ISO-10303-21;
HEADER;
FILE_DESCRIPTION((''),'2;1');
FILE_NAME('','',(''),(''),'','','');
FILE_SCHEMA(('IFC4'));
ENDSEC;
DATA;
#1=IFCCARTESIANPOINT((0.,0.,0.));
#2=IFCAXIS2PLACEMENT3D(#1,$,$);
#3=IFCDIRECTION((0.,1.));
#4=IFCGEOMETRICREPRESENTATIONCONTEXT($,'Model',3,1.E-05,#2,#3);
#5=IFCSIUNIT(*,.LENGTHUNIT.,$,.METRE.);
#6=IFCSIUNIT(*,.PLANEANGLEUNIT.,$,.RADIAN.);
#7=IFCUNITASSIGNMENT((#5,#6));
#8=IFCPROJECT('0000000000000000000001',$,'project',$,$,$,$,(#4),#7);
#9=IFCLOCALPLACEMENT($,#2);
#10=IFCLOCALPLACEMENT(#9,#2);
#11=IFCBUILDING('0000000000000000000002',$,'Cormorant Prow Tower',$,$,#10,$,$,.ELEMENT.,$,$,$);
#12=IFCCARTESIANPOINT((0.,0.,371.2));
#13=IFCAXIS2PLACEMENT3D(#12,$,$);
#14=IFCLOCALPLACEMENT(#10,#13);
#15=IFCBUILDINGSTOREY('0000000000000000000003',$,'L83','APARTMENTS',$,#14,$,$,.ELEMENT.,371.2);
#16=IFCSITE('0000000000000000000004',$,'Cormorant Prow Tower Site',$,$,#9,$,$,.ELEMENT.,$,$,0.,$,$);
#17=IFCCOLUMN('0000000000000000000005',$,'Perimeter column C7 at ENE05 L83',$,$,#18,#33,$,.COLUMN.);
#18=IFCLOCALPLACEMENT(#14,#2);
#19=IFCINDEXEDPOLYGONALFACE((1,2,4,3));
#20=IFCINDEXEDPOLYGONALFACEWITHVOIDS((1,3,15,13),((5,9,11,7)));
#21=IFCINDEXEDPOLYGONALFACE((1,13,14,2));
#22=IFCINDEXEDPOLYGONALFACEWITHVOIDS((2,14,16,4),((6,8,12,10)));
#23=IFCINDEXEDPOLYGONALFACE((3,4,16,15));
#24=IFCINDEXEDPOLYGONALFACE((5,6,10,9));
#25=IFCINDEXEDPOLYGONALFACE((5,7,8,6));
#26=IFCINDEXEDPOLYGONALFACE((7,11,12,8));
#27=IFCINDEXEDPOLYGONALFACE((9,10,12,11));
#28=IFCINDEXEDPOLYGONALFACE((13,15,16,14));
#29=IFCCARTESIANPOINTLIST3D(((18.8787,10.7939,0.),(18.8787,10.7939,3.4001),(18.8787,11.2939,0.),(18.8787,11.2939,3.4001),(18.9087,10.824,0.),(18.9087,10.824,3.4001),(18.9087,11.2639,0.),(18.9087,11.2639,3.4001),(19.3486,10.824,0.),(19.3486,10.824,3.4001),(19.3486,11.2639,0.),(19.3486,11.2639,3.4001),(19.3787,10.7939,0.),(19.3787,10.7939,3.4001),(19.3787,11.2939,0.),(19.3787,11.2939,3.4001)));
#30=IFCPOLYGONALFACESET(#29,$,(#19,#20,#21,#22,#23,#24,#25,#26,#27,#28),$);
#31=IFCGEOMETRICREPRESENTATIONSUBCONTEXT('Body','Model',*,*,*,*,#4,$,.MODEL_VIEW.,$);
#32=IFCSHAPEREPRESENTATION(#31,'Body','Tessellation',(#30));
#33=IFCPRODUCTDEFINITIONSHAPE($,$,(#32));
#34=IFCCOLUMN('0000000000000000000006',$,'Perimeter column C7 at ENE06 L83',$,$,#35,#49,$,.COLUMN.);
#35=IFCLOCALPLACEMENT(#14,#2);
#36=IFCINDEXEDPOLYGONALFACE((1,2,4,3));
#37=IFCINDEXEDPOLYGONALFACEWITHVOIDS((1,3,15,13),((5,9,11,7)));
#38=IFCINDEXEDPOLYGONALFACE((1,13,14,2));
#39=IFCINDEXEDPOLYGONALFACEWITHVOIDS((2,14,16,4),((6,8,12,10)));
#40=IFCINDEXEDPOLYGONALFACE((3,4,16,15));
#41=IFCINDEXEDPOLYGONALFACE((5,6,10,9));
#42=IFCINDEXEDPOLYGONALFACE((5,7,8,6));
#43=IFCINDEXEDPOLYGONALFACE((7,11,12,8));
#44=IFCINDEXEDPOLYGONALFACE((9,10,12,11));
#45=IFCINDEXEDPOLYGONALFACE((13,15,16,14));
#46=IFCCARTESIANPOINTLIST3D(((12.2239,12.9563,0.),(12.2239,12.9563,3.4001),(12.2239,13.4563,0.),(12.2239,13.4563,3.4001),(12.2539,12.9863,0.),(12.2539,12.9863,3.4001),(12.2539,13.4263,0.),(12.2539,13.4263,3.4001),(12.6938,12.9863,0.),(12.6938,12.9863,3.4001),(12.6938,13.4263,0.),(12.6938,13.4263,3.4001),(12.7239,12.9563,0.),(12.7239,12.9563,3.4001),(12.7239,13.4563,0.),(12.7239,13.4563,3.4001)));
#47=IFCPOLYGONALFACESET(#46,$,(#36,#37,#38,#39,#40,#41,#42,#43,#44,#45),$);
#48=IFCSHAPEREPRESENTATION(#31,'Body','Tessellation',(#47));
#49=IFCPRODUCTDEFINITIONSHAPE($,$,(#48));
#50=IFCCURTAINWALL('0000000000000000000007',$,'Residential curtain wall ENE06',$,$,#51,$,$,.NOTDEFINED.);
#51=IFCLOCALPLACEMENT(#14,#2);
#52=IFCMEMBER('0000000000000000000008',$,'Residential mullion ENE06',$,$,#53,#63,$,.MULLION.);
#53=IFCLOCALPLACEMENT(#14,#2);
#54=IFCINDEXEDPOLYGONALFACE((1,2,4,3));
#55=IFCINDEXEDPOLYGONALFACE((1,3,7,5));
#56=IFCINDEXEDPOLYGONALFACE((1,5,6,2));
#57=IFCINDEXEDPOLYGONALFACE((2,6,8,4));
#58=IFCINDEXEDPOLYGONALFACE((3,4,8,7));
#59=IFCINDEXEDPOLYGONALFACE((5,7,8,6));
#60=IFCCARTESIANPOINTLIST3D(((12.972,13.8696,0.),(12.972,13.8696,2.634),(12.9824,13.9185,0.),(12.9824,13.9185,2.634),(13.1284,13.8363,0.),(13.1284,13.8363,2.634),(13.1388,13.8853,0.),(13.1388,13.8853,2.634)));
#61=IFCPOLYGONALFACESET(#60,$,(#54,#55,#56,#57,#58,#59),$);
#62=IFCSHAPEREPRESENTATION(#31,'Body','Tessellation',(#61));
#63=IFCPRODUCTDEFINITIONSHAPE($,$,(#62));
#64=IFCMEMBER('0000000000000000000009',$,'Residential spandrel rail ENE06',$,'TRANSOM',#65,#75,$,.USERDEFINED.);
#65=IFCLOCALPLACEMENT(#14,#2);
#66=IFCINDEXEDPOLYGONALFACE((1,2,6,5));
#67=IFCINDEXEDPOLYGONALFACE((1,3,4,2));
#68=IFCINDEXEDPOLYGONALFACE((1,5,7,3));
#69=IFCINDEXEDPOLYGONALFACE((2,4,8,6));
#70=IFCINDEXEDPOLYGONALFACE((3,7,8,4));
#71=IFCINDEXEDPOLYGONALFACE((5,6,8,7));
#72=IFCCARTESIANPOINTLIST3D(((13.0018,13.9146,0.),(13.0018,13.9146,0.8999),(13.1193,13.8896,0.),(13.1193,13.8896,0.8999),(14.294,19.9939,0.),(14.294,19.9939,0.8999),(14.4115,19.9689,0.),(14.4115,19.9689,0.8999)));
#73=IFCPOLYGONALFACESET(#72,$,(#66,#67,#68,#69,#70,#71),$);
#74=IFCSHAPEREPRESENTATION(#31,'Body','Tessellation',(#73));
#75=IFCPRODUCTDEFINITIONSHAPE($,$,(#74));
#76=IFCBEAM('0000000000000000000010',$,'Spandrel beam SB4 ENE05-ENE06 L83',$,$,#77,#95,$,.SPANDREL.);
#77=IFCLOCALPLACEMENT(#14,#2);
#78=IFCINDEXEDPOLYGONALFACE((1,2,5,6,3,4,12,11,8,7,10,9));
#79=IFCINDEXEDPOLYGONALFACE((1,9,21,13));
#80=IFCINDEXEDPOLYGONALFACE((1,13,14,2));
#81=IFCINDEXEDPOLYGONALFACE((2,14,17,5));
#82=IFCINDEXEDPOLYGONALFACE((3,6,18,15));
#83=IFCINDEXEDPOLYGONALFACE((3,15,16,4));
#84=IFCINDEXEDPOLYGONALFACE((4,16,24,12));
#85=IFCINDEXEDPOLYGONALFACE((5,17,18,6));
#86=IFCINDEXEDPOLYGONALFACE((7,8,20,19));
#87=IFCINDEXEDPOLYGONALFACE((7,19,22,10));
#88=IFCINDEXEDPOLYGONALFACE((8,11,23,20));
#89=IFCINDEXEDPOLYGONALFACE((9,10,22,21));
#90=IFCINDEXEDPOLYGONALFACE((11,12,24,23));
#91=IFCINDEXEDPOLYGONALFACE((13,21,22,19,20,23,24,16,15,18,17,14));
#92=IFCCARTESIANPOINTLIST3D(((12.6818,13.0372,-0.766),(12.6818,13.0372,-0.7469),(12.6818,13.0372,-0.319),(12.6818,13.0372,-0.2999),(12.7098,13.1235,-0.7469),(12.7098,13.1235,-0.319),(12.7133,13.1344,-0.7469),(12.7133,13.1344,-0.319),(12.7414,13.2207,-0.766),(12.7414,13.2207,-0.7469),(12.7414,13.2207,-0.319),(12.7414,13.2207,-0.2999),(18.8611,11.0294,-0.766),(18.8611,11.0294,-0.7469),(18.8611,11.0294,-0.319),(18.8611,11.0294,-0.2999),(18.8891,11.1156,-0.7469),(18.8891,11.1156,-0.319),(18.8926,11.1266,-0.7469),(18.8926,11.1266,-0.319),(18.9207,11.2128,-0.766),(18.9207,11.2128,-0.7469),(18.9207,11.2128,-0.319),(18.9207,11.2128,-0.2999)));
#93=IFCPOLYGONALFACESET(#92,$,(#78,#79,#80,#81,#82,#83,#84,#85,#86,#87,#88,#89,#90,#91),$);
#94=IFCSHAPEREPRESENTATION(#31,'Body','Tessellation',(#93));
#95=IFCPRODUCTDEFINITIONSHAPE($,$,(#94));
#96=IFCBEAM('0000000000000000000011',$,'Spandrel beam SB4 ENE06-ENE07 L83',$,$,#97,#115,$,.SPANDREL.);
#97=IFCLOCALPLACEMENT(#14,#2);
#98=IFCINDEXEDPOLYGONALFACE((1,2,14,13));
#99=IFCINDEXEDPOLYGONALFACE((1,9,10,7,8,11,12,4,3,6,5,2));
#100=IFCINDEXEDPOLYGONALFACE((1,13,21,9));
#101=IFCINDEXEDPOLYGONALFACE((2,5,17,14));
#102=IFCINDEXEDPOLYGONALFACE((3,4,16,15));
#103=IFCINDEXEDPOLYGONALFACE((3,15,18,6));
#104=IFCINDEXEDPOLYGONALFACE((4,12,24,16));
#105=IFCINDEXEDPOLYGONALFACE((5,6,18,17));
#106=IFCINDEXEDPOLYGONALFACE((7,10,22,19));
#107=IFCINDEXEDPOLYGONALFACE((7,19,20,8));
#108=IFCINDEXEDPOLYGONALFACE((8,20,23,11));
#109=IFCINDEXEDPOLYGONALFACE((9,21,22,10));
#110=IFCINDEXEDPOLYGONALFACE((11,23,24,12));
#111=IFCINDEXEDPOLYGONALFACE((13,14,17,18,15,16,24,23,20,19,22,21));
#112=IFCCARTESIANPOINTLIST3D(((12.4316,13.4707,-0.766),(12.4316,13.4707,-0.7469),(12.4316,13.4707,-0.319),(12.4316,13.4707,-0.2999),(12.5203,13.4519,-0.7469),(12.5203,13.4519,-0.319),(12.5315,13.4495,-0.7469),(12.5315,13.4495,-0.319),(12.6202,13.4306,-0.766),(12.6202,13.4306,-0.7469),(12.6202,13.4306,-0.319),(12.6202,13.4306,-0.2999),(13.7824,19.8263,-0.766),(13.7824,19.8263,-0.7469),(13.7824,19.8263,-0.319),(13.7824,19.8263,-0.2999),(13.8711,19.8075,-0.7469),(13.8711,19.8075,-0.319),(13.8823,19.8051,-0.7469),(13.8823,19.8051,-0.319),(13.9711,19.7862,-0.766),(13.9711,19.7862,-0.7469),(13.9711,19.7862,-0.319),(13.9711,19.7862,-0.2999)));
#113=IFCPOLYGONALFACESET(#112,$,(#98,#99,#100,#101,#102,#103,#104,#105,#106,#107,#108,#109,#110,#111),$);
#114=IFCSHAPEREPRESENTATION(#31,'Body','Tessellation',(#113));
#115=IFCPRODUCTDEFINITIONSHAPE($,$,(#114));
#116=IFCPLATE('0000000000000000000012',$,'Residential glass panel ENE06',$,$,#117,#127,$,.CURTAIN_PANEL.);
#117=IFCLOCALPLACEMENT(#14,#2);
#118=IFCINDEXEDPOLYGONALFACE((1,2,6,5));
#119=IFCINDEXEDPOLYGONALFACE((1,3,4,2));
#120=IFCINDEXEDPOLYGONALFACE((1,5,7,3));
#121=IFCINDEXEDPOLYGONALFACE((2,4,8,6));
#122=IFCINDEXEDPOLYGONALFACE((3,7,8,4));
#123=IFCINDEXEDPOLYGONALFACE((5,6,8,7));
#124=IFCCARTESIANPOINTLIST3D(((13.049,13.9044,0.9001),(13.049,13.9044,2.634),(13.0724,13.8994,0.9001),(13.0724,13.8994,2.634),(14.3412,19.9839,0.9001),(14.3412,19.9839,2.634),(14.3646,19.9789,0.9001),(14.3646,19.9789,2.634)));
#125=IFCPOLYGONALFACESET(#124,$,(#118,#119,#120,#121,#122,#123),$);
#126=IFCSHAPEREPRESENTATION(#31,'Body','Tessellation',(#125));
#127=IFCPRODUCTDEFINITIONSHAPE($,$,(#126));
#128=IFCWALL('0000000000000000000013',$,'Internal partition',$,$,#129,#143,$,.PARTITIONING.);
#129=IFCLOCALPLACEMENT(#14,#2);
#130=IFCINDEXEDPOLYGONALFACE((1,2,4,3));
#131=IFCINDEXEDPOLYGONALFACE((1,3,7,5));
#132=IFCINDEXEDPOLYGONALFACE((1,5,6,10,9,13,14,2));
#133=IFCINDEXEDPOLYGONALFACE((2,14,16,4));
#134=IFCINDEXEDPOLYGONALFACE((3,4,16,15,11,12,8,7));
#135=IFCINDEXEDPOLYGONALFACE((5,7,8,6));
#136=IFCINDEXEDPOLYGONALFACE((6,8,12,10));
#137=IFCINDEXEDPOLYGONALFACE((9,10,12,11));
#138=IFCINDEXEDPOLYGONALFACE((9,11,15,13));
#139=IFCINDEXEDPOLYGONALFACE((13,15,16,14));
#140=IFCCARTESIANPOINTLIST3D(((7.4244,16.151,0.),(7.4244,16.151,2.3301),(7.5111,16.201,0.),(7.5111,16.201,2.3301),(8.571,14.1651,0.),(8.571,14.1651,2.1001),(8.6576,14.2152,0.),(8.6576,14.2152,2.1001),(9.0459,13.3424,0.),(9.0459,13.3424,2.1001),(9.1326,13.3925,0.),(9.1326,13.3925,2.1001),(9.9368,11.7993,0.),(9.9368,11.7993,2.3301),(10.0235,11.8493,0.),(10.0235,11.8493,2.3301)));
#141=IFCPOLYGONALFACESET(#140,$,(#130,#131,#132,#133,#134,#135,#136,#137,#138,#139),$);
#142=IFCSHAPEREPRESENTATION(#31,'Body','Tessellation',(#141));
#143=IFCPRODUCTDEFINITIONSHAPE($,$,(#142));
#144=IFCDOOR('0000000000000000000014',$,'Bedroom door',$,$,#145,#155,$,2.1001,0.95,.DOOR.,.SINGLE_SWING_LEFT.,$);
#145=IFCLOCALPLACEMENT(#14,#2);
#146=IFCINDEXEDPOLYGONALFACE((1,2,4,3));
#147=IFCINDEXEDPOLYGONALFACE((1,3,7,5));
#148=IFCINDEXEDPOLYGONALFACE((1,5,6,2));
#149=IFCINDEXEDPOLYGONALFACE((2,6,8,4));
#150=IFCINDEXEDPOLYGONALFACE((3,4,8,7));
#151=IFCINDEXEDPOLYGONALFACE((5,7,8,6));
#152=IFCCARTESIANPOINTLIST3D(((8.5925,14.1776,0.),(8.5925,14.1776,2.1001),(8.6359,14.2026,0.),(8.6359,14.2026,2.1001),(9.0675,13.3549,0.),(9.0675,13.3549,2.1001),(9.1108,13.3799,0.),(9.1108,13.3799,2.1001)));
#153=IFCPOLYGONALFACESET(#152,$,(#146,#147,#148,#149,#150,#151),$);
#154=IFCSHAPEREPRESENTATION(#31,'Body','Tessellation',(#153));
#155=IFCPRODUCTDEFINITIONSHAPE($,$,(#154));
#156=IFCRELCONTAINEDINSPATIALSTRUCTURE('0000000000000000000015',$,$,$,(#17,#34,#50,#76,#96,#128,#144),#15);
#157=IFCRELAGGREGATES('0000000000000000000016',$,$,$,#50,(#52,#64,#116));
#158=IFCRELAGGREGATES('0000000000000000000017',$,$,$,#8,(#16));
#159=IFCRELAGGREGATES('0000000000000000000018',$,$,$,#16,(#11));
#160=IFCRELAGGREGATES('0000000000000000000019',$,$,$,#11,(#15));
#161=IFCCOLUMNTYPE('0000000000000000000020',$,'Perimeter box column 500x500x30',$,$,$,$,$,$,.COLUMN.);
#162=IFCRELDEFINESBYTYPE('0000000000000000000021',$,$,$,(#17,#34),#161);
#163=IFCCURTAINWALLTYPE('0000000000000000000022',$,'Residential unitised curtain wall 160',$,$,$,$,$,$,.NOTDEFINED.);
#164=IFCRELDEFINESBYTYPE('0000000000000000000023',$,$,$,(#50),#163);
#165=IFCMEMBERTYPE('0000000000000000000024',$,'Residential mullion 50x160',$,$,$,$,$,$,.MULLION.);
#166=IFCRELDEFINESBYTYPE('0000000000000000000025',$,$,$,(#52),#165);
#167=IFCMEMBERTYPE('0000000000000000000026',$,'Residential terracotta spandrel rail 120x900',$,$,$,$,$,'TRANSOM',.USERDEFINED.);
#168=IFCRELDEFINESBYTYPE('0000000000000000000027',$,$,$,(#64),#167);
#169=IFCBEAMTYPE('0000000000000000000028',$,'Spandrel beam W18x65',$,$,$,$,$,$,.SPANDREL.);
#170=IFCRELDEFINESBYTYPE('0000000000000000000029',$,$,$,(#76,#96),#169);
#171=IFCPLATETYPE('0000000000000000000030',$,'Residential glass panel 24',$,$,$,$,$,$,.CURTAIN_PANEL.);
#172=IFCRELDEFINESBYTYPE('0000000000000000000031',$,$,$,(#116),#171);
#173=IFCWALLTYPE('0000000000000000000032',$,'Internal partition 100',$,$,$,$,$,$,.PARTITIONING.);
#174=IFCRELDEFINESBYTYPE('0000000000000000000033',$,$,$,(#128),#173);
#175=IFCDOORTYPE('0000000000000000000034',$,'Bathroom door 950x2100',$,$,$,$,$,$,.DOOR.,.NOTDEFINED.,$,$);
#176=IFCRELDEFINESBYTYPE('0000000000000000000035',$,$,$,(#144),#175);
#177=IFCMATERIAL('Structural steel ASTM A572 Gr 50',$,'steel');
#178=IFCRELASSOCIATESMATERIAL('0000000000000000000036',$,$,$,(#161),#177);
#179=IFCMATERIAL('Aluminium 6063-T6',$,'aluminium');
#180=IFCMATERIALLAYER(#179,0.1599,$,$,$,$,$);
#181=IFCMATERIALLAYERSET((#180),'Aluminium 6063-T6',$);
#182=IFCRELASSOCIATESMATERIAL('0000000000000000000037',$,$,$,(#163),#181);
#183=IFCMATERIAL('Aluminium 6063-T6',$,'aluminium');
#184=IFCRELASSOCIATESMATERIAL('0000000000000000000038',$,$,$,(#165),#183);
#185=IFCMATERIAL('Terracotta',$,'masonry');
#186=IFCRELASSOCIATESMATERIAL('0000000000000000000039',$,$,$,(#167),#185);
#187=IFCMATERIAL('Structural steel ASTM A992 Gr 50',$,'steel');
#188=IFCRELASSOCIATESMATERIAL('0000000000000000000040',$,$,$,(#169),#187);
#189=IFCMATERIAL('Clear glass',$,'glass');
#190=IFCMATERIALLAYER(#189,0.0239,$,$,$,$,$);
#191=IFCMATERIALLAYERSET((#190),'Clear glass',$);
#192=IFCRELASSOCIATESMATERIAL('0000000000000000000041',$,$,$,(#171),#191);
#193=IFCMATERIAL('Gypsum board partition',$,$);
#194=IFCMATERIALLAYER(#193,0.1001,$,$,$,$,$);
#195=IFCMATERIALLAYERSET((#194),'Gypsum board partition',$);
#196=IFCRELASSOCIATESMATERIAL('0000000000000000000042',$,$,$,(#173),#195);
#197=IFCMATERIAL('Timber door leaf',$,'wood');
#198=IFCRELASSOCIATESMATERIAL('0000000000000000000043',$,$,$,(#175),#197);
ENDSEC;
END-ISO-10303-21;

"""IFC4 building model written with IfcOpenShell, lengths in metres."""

from ifc_helpers import new_model, si_unit, direction, frame, frame_2d, origin, origin_2d, place, context, subcontext, project, spatial, rectangle, hollow_rectangle, i_section, extrude, material, layer, layer_set, material_profile, profile_set, type_object, element, fill, aggregate, save


model = new_model("IFC4")

# Units and contexts
model_context = context("Model", 3, precision=1e-05, world=origin(), true_north=direction((0.0, 1.0)))
body_context = subcontext(model_context, "Body", "Model", "MODEL_VIEW")
ifc_project = project(units=[si_unit("LENGTHUNIT", "METRE"), si_unit("PLANEANGLEUNIT", "RADIAN")], contexts=[model_context])

# Site, building, storey
site_placement = place(None, origin())
site = spatial("IfcSite", under=ifc_project, at=site_placement, Name="Cormorant Prow Tower Site", CompositionType="ELEMENT", RefElevation=0.0)
building_placement = place(site_placement, origin())
building = spatial("IfcBuilding", under=site, at=building_placement, Name="Cormorant Prow Tower", CompositionType="ELEMENT")
storey_placement = place(building_placement, frame((0.0, 0.0, 371.2)))
storey = spatial("IfcBuildingStorey", under=building, at=storey_placement, Name="L83", Description="APARTMENTS", CompositionType="ELEMENT", Elevation=371.2)

# Columns
ifc_material_1 = material(Name="Structural steel ASTM A572 Gr 50", Category="steel")
ifc_material_profile_1 = material_profile(ifc_material_1, hollow_rectangle(XDim=0.5, YDim=0.5, WallThickness=0.03, at=origin_2d()), Name="Box 500x500x30")
ifc_profile_set_1 = profile_set([ifc_material_profile_1], Name="Structural steel ASTM A572 Gr 50")
column_type = type_object("IfcColumnType", Name="Perimeter box column 500x500x30", PredefinedType="COLUMN", material=ifc_profile_set_1)
for number, where, z_axis, x_axis, name in (
    (1, (19.1287, 11.0439, 0.0), (0.0, 0.0, 1.0), (1.0, 0.0, 0.0), "Perimeter column C7 at ENE05 L83"),
    (2, (12.4739, 13.2063, 0.0), (0.0, 0.0, 1.0), (1.0, 0.0, 0.0), "Perimeter column C7 at ENE06 L83"),
):
    element("IfcColumn", number, at=place(storey_placement, frame(where, z_axis=z_axis, x_axis=x_axis)), inside=storey, type_object=column_type, Name=name, PredefinedType="COLUMN", context=body_context, shape_type="SweptSolid", body=[
        extrude(hollow_rectangle(XDim=0.5, YDim=0.5, WallThickness=0.03, at=origin_2d()), origin(), (0.0, 0.0, 1.0), 3.4001),
    ])

# Curtain wall, members
ifc_material_2 = material(Name="Aluminium 6063-T6", Category="aluminium")
ifc_layer_1 = layer(ifc_material_2, 0.1599)
ifc_layer_set_1 = layer_set([ifc_layer_1], Name="Aluminium 6063-T6")
curtain_wall_type = type_object("IfcCurtainWallType", Name="Residential unitised curtain wall 160", PredefinedType="NOTDEFINED", material=ifc_layer_set_1)
curtain_wall_placement = place(storey_placement, origin())
curtain_wall = element("IfcCurtainWall", 3, at=curtain_wall_placement, inside=storey, type_object=curtain_wall_type, Name="Residential curtain wall ENE06", PredefinedType="NOTDEFINED")
ifc_material_3 = material(Name="Aluminium 6063-T6", Category="aluminium")
ifc_material_profile_2 = material_profile(ifc_material_3, rectangle(XDim=0.1599, YDim=0.05, at=origin_2d()), Name="Residential mullion 50x160")
ifc_profile_set_2 = profile_set([ifc_material_profile_2], Name="Aluminium 6063-T6")
member_type_1 = type_object("IfcMemberType", Name="Residential mullion 50x160", PredefinedType="MULLION", material=ifc_profile_set_2)
member_1_placement = place(storey_placement, frame((13.0554, 13.8774, 0.0), z_axis=(0.0, 0.0, 1.0), x_axis=(-0.978148, 0.207912, 0.0)))
member_1 = element("IfcMember", 4, at=member_1_placement, type_object=member_type_1, Name="Residential mullion ENE06", PredefinedType="MULLION", context=body_context, shape_type="SweptSolid", body=[
    extrude(rectangle(XDim=0.1599, YDim=0.05, at=origin_2d()), origin(), (0.0, 0.0, 1.0), 2.634),
])
ifc_material_4 = material(Name="Terracotta", Category="masonry")
ifc_material_profile_3 = material_profile(ifc_material_4, rectangle(XDim=0.1201, YDim=0.8999, at=origin_2d()), Name="Residential terracotta spandrel rail 120x900")
ifc_profile_set_3 = profile_set([ifc_material_profile_3], Name="Terracotta")
member_type_2 = type_object("IfcMemberType", Name="Residential terracotta spandrel rail 120x900", ElementType="TRANSOM", PredefinedType="USERDEFINED", material=ifc_profile_set_3)
member_2_placement = place(storey_placement, frame((13.0605, 13.9021, 0.45), z_axis=(0.207917, 0.978147, 0.0), x_axis=(-0.978147, 0.207917, 0.0)))
member_2 = element("IfcMember", 5, at=member_2_placement, type_object=member_type_2, Name="Residential spandrel rail ENE06", ObjectType="TRANSOM", PredefinedType="USERDEFINED", context=body_context, shape_type="SweptSolid", body=[
    extrude(rectangle(XDim=0.1201, YDim=0.8999, at=origin_2d()), origin(), (0.0, 0.0, 1.0), 6.2151),
])

# Beams
ifc_material_5 = material(Name="Structural steel ASTM A992 Gr 50", Category="steel")
ifc_material_profile_4 = material_profile(ifc_material_5, i_section(OverallWidth=0.1929, OverallDepth=0.4661, WebThickness=0.0115, FlangeThickness=0.019, at=origin_2d()), Name="W18x65")
ifc_profile_set_4 = profile_set([ifc_material_profile_4], Name="Structural steel ASTM A992 Gr 50")
beam_type = type_object("IfcBeamType", Name="Spandrel beam W18x65", PredefinedType="SPANDREL", material=ifc_profile_set_4)
beam_1_placement = place(storey_placement, frame((18.8909, 11.1211, -0.533), z_axis=(-0.951053, 0.309027, 0.0), x_axis=(-0.309027, -0.951053, 0.0)))
element("IfcBeam", 6, at=beam_1_placement, inside=storey, type_object=beam_type, Name="Spandrel beam SB4 ENE05-ENE06 L83", PredefinedType="SPANDREL", context=body_context, shape_type="SweptSolid", body=[
    extrude(i_section(OverallWidth=0.1929, OverallDepth=0.4661, WebThickness=0.0115, FlangeThickness=0.019, at=origin_2d()), origin(), (0.0, 0.0, 1.0), 6.4973),
])
beam_2_placement = place(storey_placement, frame((12.5259, 13.4507, -0.533), z_axis=(0.207902, 0.97815, 0.0), x_axis=(-0.97815, 0.207902, 0.0)))
element("IfcBeam", 7, at=beam_2_placement, inside=storey, type_object=beam_type, Name="Spandrel beam SB4 ENE06-ENE07 L83", PredefinedType="SPANDREL", context=body_context, shape_type="SweptSolid", body=[
    extrude(i_section(OverallWidth=0.1929, OverallDepth=0.4661, WebThickness=0.0115, FlangeThickness=0.019, at=origin_2d()), origin(), (0.0, 0.0, 1.0), 6.4976),
])

# Plate
ifc_material_6 = material(Name="Clear glass", Category="glass")
ifc_layer_2 = layer(ifc_material_6, 0.0239)
ifc_layer_set_2 = layer_set([ifc_layer_2], Name="Clear glass")
plate_type = type_object("IfcPlateType", Name="Residential glass panel 24", PredefinedType="CURTAIN_PANEL", material=ifc_layer_set_2)
plate_placement = place(storey_placement, frame((13.7068, 16.9417, 0.9001), z_axis=(0.0, 0.0, 1.0), x_axis=(0.207912, 0.978148, 0.0)))
plate = element("IfcPlate", 8, at=plate_placement, type_object=plate_type, Name="Residential glass panel ENE06", PredefinedType="CURTAIN_PANEL", context=body_context, shape_type="SweptSolid", body=[
    extrude(rectangle(XDim=6.2153, YDim=0.0239, at=origin_2d()), origin(), (0.0, 0.0, 1.0), 1.7339),
])
aggregate(curtain_wall, [member_1, member_2, plate])

# Wall, opening, door
ifc_material_7 = material(Name="Gypsum board partition")
ifc_layer_3 = layer(ifc_material_7, 0.1001)
ifc_layer_set_3 = layer_set([ifc_layer_3], Name="Gypsum board partition")
wall_type_1 = type_object("IfcWallType", Name="Internal partition 100", PredefinedType="PARTITIONING", material=ifc_layer_set_3)
wall_1_placement = place(storey_placement, frame((7.4678, 16.176, 0.0), z_axis=(0.0, 0.0, 1.0), x_axis=(0.49999, -0.866031, 0.0)))
wall_1 = element("IfcWall", 9, at=wall_1_placement, inside=storey, type_object=wall_type_1, Name="Internal partition", PredefinedType="PARTITIONING", context=body_context, shape_type="SweptSolid", body=[
    extrude(rectangle(XDim=5.0249, YDim=0.1001, at=frame_2d((2.5125, 0.0))), origin(), (0.0, 0.0, 1.0), 2.3301),
])
opening_1_placement = place(wall_1_placement, frame((2.293, 0.0, 0.0)))
opening_1 = element("IfcOpeningElement", 10, at=opening_1_placement, cuts=wall_1, PredefinedType="OPENING", context=body_context, shape_type="SweptSolid", body=[
    extrude(rectangle(XDim=0.95, YDim=2.1001, at=frame_2d((0.4751, 1.05))), frame((0.0, 0.0601, 0.0), z_axis=(0.0, -1.0, 0.0), x_axis=(1.0, 0.0, 0.0)), (0.0, 0.0, 1.0), 0.1201),
])
ifc_material_8 = material(Name="Timber door leaf", Category="wood")
door_type_1 = type_object("IfcDoorType", Name="Bathroom door 950x2100", OperationType="NOTDEFINED", PredefinedType="DOOR", material=ifc_material_8)
door_1_placement = place(opening_1_placement, origin())
door_1 = element("IfcDoor", 11, at=door_1_placement, inside=storey, type_object=door_type_1, Name="Bedroom door", OperationType="SINGLE_SWING_LEFT", OverallHeight=2.1001, OverallWidth=0.95, PredefinedType="DOOR", context=body_context, shape_type="SweptSolid", body=[
    extrude(rectangle(XDim=0.95, YDim=2.1001, at=frame_2d((0.4751, 1.05))), frame((0.0, 0.0249, 0.0), z_axis=(0.0, -1.0, 0.0), x_axis=(1.0, 0.0, 0.0)), (0.0, 0.0, 1.0), 0.05),
])
fill(opening_1, door_1)

save(model, "model.ifc")
